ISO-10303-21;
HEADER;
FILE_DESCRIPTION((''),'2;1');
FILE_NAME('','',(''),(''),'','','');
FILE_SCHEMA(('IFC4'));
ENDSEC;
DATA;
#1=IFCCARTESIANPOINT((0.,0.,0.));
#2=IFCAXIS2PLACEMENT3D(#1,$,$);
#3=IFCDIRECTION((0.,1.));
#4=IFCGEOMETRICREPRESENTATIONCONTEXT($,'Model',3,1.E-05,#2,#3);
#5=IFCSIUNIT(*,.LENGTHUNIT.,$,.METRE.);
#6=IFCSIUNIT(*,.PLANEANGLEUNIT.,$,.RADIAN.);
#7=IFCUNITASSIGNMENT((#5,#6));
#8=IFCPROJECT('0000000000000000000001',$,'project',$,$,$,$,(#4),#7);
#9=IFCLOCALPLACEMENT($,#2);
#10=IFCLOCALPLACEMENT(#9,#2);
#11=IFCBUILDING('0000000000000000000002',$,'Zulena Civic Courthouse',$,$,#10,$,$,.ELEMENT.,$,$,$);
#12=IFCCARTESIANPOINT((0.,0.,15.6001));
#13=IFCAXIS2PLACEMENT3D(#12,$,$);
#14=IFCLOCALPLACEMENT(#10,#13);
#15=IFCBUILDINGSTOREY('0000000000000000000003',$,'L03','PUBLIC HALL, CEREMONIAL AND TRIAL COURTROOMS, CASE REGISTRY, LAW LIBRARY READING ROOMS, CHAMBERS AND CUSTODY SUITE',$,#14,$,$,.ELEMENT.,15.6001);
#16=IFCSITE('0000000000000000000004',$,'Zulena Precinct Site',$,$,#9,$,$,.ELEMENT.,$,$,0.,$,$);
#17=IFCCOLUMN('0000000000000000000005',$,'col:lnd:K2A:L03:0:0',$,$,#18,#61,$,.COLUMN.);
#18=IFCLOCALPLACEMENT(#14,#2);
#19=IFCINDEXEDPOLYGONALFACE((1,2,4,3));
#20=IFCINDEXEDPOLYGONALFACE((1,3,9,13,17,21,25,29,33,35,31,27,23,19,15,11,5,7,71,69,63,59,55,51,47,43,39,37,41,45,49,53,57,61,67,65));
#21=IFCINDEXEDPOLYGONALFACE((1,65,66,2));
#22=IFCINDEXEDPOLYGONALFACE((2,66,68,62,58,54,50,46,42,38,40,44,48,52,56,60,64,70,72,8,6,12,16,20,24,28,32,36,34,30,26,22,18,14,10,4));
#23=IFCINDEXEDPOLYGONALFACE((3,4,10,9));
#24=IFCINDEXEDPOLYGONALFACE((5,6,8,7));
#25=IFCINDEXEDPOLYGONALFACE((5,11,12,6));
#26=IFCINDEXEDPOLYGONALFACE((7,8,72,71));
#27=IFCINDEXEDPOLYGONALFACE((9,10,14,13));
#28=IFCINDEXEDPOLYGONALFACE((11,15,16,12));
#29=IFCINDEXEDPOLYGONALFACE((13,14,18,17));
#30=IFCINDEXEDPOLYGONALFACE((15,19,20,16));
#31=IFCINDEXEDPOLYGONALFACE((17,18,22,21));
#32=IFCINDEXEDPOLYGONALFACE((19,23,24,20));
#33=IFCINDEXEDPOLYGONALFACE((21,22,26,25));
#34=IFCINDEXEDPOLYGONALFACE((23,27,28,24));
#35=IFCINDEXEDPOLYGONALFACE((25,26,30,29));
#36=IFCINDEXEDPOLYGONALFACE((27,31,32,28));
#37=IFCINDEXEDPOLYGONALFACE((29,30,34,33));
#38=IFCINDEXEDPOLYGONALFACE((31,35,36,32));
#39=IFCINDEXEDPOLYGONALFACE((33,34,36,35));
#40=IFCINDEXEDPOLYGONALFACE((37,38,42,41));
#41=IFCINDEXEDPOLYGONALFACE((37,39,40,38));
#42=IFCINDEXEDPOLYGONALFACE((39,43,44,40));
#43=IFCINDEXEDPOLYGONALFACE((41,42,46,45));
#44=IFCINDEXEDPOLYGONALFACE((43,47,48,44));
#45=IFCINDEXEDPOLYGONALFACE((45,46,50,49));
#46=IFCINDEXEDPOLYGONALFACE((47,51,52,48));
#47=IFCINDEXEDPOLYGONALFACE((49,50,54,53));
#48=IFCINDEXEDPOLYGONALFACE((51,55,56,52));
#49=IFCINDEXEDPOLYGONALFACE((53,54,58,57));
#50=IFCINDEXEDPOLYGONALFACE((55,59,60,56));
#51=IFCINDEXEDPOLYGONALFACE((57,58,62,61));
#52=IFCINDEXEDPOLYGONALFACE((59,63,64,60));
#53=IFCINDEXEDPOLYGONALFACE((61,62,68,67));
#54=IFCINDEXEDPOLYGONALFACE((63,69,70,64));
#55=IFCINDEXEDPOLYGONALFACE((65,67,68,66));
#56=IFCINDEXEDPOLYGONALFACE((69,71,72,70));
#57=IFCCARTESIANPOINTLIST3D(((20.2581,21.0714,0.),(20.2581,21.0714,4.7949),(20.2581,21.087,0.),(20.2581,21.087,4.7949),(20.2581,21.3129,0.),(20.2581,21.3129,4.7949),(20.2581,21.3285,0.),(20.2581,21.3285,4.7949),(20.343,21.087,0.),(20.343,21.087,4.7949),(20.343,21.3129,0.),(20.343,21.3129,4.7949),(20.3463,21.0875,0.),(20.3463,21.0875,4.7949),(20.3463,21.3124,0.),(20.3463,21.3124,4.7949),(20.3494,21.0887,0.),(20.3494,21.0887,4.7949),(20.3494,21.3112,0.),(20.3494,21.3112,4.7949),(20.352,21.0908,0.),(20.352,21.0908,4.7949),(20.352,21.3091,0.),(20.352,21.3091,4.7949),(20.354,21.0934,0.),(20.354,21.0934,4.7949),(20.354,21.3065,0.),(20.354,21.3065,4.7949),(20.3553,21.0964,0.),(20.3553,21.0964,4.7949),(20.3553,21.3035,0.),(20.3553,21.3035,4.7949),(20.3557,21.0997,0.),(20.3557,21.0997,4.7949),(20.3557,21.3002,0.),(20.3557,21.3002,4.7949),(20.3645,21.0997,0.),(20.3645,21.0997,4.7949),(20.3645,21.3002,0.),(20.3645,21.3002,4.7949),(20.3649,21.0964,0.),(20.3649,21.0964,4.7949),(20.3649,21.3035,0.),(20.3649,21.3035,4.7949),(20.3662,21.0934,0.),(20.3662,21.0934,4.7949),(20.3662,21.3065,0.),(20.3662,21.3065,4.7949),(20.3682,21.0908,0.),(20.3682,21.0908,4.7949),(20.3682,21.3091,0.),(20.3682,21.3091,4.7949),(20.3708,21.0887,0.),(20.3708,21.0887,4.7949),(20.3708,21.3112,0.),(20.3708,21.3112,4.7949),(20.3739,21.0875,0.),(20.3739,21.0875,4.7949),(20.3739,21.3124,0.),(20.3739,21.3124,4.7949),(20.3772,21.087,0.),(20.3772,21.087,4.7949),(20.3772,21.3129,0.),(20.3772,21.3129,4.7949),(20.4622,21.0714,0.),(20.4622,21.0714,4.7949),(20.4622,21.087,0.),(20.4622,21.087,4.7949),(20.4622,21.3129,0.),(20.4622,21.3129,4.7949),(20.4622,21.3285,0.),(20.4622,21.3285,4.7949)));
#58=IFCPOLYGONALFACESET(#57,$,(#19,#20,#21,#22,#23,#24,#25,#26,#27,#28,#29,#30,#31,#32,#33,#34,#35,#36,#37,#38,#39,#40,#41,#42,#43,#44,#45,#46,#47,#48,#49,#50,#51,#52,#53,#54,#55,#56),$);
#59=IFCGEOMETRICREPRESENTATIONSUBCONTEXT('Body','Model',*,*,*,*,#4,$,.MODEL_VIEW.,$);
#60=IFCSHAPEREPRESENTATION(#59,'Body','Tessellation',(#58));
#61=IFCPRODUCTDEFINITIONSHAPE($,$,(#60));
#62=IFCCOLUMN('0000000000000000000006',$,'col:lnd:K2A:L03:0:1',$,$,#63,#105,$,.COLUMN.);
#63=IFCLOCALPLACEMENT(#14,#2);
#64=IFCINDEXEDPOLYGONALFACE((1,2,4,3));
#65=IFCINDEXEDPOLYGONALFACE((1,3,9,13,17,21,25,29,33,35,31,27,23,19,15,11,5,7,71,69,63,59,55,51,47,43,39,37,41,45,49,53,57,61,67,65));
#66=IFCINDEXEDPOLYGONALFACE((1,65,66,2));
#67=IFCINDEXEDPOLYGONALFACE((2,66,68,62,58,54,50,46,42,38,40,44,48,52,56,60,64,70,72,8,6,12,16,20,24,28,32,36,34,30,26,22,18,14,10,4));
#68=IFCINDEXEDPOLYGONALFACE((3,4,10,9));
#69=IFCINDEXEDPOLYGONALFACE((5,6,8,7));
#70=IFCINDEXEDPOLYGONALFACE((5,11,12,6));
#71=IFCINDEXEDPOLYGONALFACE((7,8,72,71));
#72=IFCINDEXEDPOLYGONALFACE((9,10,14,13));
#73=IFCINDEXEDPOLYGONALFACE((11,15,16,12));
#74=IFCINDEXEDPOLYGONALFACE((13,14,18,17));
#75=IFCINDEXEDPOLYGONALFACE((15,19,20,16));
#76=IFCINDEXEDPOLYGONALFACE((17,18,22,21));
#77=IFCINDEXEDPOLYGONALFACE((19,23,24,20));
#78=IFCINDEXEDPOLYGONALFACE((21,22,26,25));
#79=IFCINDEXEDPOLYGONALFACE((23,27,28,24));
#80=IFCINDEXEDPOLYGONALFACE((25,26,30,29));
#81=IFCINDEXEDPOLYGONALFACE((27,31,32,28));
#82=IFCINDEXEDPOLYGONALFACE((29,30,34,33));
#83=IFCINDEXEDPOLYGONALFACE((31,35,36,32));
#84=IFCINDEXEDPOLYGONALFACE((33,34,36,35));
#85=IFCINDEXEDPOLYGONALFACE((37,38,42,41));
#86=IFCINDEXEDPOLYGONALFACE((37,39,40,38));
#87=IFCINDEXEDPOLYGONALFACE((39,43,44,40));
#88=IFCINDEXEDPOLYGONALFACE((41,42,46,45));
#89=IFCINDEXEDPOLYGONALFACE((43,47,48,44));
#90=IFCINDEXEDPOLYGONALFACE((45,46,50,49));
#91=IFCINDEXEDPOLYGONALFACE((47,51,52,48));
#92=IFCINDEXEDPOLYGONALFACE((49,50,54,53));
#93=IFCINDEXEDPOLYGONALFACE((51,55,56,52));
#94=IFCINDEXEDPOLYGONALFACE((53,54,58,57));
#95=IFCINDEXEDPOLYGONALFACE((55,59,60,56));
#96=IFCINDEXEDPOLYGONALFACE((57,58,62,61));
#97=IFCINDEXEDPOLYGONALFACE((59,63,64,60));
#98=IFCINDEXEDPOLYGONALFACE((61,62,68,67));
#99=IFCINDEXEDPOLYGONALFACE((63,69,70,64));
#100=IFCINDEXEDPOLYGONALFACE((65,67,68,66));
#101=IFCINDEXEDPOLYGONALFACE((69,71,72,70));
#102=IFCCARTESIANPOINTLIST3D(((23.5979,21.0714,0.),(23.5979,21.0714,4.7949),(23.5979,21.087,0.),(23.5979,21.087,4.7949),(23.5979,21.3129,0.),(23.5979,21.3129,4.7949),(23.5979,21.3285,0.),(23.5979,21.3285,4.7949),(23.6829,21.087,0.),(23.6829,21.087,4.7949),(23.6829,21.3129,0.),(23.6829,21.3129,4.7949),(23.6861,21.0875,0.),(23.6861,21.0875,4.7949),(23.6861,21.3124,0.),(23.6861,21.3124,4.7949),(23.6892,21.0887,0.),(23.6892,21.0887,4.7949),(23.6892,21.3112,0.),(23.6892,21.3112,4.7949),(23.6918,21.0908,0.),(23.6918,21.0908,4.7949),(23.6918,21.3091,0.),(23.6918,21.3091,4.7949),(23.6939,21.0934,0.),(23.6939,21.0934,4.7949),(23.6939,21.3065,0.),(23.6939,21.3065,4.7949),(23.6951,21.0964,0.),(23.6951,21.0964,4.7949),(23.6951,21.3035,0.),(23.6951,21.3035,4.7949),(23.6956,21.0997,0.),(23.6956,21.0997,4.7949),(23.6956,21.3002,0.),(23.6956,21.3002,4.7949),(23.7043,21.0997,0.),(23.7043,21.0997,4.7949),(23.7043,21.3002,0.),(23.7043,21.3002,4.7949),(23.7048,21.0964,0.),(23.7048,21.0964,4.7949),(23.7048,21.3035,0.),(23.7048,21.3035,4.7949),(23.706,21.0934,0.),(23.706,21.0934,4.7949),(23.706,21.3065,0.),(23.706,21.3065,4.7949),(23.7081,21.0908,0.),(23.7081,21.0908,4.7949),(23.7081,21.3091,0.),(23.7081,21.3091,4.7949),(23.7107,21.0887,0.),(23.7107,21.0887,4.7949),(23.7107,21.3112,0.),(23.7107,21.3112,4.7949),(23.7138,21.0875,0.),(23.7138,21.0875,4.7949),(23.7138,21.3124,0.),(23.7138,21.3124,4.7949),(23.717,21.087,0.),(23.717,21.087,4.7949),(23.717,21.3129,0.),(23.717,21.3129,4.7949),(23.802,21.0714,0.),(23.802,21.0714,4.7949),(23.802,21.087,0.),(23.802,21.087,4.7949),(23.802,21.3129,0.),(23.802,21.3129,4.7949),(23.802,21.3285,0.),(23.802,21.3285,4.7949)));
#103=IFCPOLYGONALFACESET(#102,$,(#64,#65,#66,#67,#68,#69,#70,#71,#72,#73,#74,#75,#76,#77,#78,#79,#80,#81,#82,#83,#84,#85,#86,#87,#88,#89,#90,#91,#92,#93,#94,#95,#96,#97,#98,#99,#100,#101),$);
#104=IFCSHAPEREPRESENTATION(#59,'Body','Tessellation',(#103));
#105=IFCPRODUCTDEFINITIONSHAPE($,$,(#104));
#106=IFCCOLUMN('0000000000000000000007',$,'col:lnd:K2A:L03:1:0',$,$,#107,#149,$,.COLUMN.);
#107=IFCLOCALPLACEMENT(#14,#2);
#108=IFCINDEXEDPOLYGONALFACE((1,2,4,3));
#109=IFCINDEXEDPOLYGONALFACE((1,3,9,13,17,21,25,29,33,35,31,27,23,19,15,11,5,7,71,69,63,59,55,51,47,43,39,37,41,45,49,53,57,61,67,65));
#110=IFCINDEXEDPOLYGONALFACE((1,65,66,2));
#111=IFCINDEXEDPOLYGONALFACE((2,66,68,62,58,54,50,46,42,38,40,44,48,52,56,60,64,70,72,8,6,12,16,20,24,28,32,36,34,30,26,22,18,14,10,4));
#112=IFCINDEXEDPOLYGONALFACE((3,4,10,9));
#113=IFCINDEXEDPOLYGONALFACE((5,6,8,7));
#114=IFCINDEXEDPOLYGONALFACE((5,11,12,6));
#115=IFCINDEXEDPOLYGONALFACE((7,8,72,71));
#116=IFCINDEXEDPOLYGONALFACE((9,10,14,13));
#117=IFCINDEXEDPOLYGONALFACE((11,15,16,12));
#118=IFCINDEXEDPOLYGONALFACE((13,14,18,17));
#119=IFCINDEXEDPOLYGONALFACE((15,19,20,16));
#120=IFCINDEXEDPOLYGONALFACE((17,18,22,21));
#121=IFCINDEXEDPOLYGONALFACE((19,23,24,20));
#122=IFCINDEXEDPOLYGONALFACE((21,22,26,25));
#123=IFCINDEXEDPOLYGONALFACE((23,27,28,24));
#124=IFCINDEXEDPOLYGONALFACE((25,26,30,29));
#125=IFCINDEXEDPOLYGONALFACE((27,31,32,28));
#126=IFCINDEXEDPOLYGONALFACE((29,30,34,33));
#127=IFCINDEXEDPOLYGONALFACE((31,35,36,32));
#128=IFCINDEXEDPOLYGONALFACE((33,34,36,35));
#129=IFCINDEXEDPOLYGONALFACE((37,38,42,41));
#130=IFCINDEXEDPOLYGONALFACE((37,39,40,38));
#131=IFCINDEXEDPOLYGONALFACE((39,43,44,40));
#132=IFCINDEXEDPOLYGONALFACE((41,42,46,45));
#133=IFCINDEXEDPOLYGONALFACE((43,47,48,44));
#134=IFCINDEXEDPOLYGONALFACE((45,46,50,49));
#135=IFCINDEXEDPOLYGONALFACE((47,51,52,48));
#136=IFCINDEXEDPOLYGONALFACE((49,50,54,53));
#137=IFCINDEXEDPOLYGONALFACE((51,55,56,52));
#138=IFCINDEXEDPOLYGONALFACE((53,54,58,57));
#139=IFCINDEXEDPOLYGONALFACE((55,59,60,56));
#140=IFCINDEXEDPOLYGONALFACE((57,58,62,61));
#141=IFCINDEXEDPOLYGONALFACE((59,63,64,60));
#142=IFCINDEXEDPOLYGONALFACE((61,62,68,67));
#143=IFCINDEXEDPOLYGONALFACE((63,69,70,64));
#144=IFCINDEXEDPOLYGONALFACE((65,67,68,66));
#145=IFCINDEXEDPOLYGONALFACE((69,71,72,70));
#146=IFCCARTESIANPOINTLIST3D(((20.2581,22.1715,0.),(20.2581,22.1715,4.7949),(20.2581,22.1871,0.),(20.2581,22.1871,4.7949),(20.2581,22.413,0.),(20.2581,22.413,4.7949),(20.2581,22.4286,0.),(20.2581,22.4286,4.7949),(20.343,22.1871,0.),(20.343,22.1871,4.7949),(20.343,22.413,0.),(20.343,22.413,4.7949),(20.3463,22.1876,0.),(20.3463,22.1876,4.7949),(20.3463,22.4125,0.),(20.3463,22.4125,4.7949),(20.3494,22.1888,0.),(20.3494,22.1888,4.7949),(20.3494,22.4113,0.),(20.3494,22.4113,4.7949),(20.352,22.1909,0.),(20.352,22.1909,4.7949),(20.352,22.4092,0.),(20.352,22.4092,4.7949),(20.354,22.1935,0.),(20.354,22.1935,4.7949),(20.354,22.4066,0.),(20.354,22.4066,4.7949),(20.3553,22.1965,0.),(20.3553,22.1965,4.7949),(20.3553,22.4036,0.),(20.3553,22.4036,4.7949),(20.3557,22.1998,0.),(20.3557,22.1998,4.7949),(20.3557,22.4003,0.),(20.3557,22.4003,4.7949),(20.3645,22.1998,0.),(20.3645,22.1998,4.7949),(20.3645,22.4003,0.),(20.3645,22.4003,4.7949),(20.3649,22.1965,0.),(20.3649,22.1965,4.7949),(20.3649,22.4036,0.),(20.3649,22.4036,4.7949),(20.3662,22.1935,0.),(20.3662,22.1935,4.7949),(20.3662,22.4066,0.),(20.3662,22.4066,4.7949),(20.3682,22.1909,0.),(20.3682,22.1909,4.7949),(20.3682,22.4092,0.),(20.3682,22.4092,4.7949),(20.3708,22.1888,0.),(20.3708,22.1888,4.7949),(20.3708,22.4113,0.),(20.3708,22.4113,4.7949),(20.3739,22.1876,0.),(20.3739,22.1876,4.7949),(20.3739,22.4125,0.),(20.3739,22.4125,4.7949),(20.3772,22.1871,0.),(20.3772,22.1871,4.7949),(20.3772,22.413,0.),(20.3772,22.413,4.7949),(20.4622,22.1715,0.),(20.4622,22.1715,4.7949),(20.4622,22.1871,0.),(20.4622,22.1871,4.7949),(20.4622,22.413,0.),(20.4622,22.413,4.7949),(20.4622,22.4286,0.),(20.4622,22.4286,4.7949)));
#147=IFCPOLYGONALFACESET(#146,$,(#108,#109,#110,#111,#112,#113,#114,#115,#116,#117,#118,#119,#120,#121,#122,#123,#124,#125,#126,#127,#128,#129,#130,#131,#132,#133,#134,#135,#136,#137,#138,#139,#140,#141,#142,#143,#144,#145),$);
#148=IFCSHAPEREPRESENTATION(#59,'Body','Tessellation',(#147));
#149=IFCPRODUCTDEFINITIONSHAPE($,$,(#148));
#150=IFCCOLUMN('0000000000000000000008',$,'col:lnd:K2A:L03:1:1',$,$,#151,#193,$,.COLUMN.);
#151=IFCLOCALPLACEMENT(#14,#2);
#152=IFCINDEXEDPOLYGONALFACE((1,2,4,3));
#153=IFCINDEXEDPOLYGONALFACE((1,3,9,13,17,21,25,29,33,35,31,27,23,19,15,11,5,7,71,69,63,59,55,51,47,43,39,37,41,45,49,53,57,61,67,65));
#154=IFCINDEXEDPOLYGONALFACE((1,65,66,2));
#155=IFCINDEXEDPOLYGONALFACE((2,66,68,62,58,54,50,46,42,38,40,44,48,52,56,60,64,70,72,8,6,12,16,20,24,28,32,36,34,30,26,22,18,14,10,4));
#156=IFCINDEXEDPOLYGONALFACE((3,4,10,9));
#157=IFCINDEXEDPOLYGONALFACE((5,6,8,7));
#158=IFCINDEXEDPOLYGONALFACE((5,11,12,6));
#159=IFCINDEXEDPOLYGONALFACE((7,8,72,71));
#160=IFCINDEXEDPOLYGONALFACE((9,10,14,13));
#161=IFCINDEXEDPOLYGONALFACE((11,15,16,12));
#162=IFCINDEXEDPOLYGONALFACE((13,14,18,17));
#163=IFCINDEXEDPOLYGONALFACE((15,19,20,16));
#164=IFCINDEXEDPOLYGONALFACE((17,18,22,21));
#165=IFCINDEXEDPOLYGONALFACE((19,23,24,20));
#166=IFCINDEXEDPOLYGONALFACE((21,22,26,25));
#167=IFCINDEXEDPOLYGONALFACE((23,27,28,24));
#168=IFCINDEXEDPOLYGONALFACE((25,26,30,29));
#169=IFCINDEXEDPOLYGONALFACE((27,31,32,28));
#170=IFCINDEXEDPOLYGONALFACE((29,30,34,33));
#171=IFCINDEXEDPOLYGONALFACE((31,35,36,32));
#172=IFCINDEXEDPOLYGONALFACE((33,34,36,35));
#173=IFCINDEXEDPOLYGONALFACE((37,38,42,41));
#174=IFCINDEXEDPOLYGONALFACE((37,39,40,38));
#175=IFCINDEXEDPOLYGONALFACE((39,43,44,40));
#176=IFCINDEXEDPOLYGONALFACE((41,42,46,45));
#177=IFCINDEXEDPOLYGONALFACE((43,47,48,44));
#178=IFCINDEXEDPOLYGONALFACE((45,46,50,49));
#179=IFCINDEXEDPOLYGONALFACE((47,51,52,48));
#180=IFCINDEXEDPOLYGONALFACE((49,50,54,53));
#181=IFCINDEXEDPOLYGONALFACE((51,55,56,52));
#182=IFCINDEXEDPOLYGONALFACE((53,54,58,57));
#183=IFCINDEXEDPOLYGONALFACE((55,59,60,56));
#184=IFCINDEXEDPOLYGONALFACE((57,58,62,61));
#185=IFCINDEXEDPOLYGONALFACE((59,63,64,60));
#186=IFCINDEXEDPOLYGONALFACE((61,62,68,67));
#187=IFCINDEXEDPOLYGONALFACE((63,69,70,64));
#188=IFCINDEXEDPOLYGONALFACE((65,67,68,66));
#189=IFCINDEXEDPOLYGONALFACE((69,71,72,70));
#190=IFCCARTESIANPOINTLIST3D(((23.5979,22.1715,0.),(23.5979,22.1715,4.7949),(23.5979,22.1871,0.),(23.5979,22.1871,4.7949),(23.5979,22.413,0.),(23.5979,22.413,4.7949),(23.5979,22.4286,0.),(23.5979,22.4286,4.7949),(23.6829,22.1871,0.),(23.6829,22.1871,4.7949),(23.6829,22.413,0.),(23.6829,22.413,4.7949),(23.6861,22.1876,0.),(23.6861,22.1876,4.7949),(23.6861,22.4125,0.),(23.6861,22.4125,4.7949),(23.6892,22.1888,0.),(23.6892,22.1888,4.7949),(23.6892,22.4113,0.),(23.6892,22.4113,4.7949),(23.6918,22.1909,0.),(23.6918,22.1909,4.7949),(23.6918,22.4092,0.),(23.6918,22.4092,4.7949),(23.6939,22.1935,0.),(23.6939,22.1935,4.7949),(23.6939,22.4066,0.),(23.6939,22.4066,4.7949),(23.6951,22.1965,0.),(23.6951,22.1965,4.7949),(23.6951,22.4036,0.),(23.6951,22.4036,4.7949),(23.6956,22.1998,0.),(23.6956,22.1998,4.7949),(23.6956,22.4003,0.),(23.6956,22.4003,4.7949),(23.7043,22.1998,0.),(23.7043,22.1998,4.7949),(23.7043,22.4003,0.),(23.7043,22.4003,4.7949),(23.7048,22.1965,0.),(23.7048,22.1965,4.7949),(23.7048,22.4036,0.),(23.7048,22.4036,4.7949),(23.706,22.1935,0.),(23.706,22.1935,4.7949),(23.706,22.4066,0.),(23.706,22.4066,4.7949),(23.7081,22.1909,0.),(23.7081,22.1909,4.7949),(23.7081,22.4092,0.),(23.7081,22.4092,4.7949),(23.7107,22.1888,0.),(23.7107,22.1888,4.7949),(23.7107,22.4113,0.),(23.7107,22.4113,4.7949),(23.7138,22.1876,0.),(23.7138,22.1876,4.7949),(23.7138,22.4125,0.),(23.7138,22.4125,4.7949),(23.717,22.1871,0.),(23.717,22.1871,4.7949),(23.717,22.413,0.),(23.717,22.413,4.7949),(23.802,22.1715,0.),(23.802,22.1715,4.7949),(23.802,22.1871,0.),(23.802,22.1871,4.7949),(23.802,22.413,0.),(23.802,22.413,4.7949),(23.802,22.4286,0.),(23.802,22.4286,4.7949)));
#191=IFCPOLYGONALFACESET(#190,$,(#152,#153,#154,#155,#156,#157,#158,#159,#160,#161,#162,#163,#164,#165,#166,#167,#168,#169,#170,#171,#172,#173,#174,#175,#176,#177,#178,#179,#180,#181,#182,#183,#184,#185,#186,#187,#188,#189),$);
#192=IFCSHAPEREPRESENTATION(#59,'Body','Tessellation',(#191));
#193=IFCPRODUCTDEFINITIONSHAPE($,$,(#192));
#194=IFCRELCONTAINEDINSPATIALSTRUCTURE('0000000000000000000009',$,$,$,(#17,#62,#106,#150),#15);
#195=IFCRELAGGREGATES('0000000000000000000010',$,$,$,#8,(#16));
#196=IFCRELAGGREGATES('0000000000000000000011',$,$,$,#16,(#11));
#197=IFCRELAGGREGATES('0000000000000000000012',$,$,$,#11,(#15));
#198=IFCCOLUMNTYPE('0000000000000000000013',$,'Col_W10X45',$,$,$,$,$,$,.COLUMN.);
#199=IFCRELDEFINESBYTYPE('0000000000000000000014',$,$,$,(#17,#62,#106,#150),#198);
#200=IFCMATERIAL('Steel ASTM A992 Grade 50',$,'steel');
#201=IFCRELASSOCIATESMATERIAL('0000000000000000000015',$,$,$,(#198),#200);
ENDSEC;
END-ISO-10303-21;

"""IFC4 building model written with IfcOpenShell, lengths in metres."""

from ifc_helpers import new_model, si_unit, direction, frame, origin, origin_2d, place, context, subcontext, project, spatial, i_section, extrude, material, material_profile, profile_set, type_object, element, save


model = new_model("IFC4")

# Units and contexts
model_context = context("Model", 3, precision=1e-05, world=origin(), true_north=direction((0.0, 1.0)))
body_context = subcontext(model_context, "Body", "Model", "MODEL_VIEW")
ifc_project = project(units=[si_unit("LENGTHUNIT", "METRE"), si_unit("PLANEANGLEUNIT", "RADIAN")], contexts=[model_context])

# Site, building, storey
site_placement = place(None, origin())
site = spatial("IfcSite", under=ifc_project, at=site_placement, Name="Zulena Precinct Site", CompositionType="ELEMENT", RefElevation=0.0)
building_placement = place(site_placement, origin())
building = spatial("IfcBuilding", under=site, at=building_placement, Name="Zulena Civic Courthouse", CompositionType="ELEMENT")
storey_placement = place(building_placement, frame((0.0, 0.0, 15.6001)))
storey = spatial("IfcBuildingStorey", under=building, at=storey_placement, Name="L03", Description="PUBLIC HALL, CEREMONIAL AND TRIAL COURTROOMS, CASE REGISTRY, LAW LIBRARY READING ROOMS, CHAMBERS AND CUSTODY SUITE", CompositionType="ELEMENT", Elevation=15.6001)

# Columns
ifc_material_1 = material(Name="Steel ASTM A992 Grade 50", Category="steel")
ifc_material_profile_1 = material_profile(ifc_material_1, i_section(OverallWidth=0.2041, OverallDepth=0.2571, WebThickness=0.0088, FlangeThickness=0.0156, FilletRadius=0.0127, at=origin_2d()), Name="W10X45")
ifc_profile_set_1 = profile_set([ifc_material_profile_1], Name="Steel ASTM A992 Grade 50")
column_type_1 = type_object("IfcColumnType", Name="Col_W10X45", PredefinedType="COLUMN", material=ifc_profile_set_1)
for number, where, z_axis, x_axis, name in (
    (1, (20.3601, 21.2, 0.0), (0.0, 0.0, 1.0), (1.0, 0.0, 0.0), "col:lnd:K2A:L03:0:0"),
    (2, (23.7, 21.2, 0.0), (0.0, 0.0, 1.0), (1.0, 0.0, 0.0), "col:lnd:K2A:L03:0:1"),
    (3, (20.3601, 22.3, 0.0), (0.0, 0.0, 1.0), (1.0, 0.0, 0.0), "col:lnd:K2A:L03:1:0"),
    (4, (23.7, 22.3, 0.0), (0.0, 0.0, 1.0), (1.0, 0.0, 0.0), "col:lnd:K2A:L03:1:1"),
):
    element("IfcColumn", number, at=place(storey_placement, frame(where, z_axis=z_axis, x_axis=x_axis)), inside=storey, type_object=column_type_1, Name=name, PredefinedType="COLUMN", context=body_context, shape_type="SweptSolid", body=[
        extrude(i_section(OverallWidth=0.2041, OverallDepth=0.2571, WebThickness=0.0088, FlangeThickness=0.0156, FilletRadius=0.0127, at=origin_2d()), origin(), (0.0, 0.0, 1.0), 4.7949),
    ])

save(model, "model.ifc")
